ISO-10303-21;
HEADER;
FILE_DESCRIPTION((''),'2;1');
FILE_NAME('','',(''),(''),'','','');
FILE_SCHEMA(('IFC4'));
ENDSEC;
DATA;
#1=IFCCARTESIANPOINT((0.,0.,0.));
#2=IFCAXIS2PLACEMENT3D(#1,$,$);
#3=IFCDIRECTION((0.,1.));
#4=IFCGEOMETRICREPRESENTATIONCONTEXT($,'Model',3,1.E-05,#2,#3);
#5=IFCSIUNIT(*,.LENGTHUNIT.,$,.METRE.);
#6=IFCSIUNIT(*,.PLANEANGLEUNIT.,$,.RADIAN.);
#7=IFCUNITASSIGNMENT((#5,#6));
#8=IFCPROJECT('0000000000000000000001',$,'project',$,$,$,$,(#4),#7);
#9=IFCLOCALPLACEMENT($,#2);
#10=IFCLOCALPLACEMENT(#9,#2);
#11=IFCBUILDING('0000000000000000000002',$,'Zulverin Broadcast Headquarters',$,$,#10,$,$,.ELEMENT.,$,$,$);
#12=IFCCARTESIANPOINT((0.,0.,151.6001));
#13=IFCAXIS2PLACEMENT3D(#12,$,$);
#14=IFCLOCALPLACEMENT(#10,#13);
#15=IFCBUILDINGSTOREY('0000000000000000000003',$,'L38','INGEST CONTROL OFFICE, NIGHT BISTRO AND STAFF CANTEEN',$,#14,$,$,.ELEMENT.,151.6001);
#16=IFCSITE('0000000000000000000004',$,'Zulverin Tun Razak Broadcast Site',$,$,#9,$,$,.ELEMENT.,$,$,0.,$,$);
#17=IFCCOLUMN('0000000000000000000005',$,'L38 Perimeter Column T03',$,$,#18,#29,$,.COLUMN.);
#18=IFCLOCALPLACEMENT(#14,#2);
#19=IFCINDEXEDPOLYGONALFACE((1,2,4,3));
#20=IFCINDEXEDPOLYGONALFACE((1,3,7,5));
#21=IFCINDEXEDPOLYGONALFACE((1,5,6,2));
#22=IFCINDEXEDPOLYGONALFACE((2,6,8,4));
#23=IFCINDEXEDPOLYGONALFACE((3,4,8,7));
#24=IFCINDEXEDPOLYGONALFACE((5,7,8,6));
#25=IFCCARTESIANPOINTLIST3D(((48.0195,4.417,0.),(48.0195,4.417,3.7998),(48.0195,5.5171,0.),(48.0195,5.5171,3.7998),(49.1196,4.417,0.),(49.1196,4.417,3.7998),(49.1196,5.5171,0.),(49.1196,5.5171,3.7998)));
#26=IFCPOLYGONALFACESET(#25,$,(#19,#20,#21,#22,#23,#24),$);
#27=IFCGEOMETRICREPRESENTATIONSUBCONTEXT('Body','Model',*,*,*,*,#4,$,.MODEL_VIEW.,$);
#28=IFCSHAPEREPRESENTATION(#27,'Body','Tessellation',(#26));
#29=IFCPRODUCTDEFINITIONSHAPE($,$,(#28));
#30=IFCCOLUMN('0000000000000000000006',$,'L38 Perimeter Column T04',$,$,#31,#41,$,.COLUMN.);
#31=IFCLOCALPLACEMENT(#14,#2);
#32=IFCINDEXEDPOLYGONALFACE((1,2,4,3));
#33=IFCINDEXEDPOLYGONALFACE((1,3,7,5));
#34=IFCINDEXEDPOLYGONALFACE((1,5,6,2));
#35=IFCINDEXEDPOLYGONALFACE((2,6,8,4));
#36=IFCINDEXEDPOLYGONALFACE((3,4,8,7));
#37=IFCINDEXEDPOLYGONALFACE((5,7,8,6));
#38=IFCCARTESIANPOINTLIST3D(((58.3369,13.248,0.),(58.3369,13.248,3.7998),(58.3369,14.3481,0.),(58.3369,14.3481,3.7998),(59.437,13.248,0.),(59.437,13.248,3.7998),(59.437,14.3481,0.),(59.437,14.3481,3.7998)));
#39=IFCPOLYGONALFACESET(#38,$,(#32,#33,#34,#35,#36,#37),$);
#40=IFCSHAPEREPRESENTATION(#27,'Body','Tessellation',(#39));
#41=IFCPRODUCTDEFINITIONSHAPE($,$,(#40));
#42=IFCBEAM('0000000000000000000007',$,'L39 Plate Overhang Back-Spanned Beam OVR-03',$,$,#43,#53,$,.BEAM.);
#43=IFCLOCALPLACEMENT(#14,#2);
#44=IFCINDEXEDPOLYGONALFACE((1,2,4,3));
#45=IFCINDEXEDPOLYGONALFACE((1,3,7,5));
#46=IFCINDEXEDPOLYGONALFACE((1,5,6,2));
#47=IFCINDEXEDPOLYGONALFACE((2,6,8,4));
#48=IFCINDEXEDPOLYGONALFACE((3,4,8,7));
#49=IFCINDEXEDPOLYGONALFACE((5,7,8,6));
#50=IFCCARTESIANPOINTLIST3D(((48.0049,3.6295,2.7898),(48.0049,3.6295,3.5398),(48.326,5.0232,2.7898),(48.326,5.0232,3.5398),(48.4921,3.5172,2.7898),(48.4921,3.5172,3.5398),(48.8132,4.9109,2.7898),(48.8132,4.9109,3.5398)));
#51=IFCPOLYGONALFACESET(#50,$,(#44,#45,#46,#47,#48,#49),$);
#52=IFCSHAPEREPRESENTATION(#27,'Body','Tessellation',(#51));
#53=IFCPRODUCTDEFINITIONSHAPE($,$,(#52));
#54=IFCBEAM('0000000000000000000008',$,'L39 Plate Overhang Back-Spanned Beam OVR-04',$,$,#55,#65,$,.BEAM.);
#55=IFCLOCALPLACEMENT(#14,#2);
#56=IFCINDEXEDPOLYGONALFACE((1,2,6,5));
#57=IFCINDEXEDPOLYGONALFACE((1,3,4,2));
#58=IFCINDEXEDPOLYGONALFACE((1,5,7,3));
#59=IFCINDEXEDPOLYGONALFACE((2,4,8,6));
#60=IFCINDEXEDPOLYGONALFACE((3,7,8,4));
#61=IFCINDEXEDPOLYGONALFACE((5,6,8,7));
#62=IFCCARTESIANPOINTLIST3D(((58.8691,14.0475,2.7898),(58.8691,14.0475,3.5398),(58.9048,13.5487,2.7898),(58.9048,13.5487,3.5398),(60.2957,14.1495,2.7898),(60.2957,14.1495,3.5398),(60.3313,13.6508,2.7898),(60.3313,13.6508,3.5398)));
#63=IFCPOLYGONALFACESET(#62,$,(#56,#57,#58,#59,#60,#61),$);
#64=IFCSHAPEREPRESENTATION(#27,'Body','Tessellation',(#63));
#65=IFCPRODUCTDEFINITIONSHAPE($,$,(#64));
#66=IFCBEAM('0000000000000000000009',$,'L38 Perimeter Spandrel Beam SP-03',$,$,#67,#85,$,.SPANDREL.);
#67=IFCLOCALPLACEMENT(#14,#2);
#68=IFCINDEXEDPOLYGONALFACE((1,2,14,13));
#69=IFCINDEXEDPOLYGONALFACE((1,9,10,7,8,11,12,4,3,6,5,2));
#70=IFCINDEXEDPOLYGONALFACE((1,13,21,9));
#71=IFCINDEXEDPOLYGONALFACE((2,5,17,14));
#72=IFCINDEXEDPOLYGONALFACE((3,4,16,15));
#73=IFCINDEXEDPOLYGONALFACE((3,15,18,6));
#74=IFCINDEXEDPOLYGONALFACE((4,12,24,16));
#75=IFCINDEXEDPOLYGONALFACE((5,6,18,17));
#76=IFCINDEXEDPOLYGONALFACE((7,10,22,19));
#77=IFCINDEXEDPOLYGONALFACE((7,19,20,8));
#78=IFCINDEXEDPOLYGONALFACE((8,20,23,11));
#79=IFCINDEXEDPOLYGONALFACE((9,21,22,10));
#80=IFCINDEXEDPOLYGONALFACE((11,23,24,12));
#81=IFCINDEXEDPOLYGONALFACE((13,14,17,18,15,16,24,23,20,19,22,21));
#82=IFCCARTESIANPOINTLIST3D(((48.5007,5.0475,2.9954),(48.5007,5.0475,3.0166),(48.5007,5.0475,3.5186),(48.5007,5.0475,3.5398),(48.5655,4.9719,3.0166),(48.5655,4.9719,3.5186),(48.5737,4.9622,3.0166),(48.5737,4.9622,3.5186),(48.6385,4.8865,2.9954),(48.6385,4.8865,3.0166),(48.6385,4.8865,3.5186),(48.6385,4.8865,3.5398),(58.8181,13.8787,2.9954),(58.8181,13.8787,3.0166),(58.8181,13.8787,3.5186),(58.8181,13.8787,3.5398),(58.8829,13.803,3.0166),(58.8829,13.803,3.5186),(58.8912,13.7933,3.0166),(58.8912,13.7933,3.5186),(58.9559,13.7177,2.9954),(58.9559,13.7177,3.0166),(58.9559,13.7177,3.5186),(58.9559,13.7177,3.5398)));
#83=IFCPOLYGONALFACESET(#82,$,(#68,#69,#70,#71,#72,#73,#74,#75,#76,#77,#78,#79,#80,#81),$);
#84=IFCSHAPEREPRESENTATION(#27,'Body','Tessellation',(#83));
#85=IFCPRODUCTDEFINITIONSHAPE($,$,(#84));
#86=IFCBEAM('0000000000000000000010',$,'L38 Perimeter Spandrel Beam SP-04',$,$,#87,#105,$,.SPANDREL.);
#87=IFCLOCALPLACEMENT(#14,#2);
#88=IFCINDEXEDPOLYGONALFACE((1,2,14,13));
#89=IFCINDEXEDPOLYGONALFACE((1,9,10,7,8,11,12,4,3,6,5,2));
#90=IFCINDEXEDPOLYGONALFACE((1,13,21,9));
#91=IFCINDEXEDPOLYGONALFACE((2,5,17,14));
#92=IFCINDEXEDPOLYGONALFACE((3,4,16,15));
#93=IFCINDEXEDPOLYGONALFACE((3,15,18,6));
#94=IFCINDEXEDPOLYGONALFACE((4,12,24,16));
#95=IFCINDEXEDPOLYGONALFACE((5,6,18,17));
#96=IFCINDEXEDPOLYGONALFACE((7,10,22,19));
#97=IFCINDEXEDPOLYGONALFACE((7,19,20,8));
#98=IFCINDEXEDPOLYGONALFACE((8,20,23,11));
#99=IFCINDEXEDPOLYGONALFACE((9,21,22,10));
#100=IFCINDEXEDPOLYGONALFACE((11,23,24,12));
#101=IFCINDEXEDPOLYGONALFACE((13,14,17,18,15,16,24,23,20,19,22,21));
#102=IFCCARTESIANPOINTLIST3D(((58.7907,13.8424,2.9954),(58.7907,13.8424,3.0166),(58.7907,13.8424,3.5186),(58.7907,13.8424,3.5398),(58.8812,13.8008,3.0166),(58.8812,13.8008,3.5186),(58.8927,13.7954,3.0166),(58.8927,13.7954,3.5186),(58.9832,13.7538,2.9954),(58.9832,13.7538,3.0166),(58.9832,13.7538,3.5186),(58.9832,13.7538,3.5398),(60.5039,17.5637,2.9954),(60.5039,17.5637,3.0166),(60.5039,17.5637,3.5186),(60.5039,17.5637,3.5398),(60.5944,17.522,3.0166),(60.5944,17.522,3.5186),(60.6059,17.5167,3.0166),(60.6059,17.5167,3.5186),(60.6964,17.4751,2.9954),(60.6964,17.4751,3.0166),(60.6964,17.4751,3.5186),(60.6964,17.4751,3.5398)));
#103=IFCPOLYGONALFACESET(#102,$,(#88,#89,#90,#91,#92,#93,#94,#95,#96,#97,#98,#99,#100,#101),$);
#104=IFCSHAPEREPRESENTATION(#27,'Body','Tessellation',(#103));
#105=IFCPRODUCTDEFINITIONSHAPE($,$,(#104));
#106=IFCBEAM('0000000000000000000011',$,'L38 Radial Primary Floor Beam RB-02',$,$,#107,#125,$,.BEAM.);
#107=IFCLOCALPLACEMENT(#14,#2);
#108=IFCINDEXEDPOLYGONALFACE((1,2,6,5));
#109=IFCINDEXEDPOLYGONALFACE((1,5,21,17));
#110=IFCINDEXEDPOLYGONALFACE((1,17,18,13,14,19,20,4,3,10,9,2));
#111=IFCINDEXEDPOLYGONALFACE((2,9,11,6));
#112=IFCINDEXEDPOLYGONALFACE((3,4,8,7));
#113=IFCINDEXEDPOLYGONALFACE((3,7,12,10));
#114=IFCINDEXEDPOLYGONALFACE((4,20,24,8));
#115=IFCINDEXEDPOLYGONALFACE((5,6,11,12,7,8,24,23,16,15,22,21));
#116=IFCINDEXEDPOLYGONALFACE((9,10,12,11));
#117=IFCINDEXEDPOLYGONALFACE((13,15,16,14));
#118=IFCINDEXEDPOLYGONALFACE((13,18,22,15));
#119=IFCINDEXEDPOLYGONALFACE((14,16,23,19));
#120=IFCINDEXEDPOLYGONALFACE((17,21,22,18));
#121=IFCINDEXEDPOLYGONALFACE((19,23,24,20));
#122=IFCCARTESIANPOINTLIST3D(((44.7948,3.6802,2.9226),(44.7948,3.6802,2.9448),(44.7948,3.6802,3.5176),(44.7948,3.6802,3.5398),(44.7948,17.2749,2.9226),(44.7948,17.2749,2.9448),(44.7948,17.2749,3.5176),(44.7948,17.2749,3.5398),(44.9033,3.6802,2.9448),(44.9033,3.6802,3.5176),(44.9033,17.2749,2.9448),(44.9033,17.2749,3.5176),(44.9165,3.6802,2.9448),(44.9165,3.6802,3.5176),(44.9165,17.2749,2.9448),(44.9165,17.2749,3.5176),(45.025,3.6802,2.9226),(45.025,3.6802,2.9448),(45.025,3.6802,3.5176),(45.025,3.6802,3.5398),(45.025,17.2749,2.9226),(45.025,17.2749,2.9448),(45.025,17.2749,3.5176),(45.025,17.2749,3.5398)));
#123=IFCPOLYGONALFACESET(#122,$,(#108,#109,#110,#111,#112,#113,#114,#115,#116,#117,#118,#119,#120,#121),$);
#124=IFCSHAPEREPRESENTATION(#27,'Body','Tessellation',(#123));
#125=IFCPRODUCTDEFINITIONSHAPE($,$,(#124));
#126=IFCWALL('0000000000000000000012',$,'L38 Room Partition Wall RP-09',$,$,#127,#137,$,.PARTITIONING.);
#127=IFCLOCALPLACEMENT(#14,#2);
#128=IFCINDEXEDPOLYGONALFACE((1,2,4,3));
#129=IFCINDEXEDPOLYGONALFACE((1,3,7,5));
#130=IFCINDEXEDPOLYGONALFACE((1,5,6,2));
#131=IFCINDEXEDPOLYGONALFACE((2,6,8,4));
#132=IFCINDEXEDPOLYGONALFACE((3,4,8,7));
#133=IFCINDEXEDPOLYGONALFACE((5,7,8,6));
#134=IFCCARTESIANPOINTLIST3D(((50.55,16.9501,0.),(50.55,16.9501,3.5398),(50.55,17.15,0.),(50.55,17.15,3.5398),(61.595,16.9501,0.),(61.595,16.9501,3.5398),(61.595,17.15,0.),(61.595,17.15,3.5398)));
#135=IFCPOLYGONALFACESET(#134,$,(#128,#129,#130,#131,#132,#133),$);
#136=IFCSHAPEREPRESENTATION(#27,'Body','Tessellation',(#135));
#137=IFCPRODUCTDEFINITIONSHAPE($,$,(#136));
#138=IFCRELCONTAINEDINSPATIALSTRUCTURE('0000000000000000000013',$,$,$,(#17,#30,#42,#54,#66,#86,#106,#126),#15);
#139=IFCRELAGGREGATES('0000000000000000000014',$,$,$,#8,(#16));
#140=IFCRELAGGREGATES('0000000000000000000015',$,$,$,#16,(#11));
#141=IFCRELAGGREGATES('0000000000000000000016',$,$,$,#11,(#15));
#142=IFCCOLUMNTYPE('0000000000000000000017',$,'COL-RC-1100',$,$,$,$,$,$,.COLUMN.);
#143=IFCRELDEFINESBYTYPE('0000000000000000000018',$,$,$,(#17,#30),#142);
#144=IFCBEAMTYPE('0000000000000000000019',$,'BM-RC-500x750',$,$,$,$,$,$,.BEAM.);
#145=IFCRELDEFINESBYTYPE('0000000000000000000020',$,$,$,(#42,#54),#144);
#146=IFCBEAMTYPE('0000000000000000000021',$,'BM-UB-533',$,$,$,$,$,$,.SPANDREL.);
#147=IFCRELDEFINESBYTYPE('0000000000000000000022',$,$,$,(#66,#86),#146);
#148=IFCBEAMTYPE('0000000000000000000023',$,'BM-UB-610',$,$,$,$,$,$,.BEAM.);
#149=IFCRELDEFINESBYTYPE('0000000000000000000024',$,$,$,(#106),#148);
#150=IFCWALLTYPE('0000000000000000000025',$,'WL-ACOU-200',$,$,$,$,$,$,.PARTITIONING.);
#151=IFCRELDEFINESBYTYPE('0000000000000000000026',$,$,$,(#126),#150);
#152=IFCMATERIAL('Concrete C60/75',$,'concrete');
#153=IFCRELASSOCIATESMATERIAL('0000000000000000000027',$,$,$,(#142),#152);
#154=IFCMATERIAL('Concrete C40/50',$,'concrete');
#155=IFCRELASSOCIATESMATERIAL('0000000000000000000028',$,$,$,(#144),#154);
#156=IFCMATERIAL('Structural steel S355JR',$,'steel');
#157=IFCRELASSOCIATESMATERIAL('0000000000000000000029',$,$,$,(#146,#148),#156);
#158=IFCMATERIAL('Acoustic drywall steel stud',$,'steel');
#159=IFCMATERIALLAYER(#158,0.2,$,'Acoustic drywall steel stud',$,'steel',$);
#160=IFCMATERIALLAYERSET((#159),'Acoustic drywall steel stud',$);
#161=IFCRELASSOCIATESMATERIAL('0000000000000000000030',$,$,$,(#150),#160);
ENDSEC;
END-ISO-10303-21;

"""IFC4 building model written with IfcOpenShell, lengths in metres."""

from ifc_helpers import new_model, si_unit, direction, frame, frame_2d, origin, origin_2d, place, context, subcontext, project, spatial, rectangle, i_section, extrude, material, layer, layer_set, material_profile, profile_set, type_object, element, save


model = new_model("IFC4")

# Units and contexts
model_context = context("Model", 3, precision=1e-05, world=origin(), true_north=direction((0.0, 1.0)))
body_context = subcontext(model_context, "Body", "Model", "MODEL_VIEW")
ifc_project = project(units=[si_unit("LENGTHUNIT", "METRE"), si_unit("PLANEANGLEUNIT", "RADIAN")], contexts=[model_context])

# Site, building, storey
site_placement = place(None, origin())
site = spatial("IfcSite", under=ifc_project, at=site_placement, Name="Zulverin Tun Razak Broadcast Site", CompositionType="ELEMENT", RefElevation=0.0)
building_placement = place(site_placement, origin())
building = spatial("IfcBuilding", under=site, at=building_placement, Name="Zulverin Broadcast Headquarters", CompositionType="ELEMENT")
storey_placement = place(building_placement, frame((0.0, 0.0, 151.6001)))
storey = spatial("IfcBuildingStorey", under=building, at=storey_placement, Name="L38", Description="INGEST CONTROL OFFICE, NIGHT BISTRO AND STAFF CANTEEN", CompositionType="ELEMENT", Elevation=151.6001)

# Columns
ifc_material_1 = material(Name="Concrete C60/75", Category="concrete")
ifc_material_profile_1 = material_profile(ifc_material_1, rectangle(XDim=1.1001, YDim=1.1001, at=origin_2d()), Name="Concrete C60/75", Category="concrete")
ifc_profile_set_1 = profile_set([ifc_material_profile_1], Name="Concrete C60/75")
column_type = type_object("IfcColumnType", Name="COL-RC-1100", PredefinedType="COLUMN", material=ifc_profile_set_1)
for number, where, z_axis, x_axis, name in (
    (1, (48.5696, 4.967, 0.0), (0.0, 0.0, 1.0), (1.0, 0.0, 0.0), "L38 Perimeter Column T03"),
    (2, (58.887, 13.7981, 0.0), (0.0, 0.0, 1.0), (1.0, 0.0, 0.0), "L38 Perimeter Column T04"),
):
    element("IfcColumn", number, at=place(storey_placement, frame(where, z_axis=z_axis, x_axis=x_axis)), inside=storey, type_object=column_type, Name=name, PredefinedType="COLUMN", context=body_context, shape_type="SweptSolid", body=[
        extrude(rectangle(XDim=1.1001, YDim=1.1001, at=origin_2d()), origin(), (0.0, 0.0, 1.0), 3.7998),
    ])

# Beams
ifc_material_2 = material(Name="Concrete C40/50", Category="concrete")
ifc_material_profile_2 = material_profile(ifc_material_2, rectangle(XDim=0.5, YDim=0.75, at=origin_2d()), Name="Concrete C40/50", Category="concrete")
ifc_profile_set_2 = profile_set([ifc_material_profile_2], Name="Concrete C40/50")
beam_type_1 = type_object("IfcBeamType", Name="BM-RC-500x750", PredefinedType="BEAM", material=ifc_profile_set_2)
for number, where, z_axis, x_axis, name in (
    (3, (48.5696, 4.967, 3.1648), (-0.224498, -0.974475, 0.0), (0.974475, -0.224498, 0.0), "L39 Plate Overhang Back-Spanned Beam OVR-03"),
    (4, (58.887, 13.7981, 3.1648), (0.997451, 0.071356, 0.0), (-0.071356, 0.997451, 0.0), "L39 Plate Overhang Back-Spanned Beam OVR-04"),
):
    element("IfcBeam", number, at=place(storey_placement, frame(where, z_axis=z_axis, x_axis=x_axis)), inside=storey, type_object=beam_type_1, Name=name, PredefinedType="BEAM", context=body_context, shape_type="SweptSolid", body=[
        extrude(rectangle(XDim=0.5, YDim=0.75, at=origin_2d()), origin(), (0.0, 0.0, 1.0), 1.4302),
    ])
ifc_material_3 = material(Name="Structural steel S355JR", Category="steel")
ifc_material_profile_3 = material_profile(ifc_material_3, i_section(OverallWidth=0.2119, OverallDepth=0.5444, WebThickness=0.0127, FlangeThickness=0.0212, at=origin_2d()), Name="Structural steel S355JR", Category="steel")
ifc_profile_set_3 = profile_set([ifc_material_profile_3], Name="Structural steel S355JR")
beam_type_2 = type_object("IfcBeamType", Name="BM-UB-533", PredefinedType="SPANDREL", material=ifc_profile_set_3)
beam_1_placement = place(storey_placement, frame((48.5696, 4.967, 3.2676), z_axis=(0.759708, 0.650264, 0.0), x_axis=(-0.650264, 0.759708, 0.0)))
element("IfcBeam", 5, at=beam_1_placement, inside=storey, type_object=beam_type_2, Name="L38 Perimeter Spandrel Beam SP-03", PredefinedType="SPANDREL", context=body_context, shape_type="SweptSolid", body=[
    extrude(i_section(OverallWidth=0.2119, OverallDepth=0.5444, WebThickness=0.0127, FlangeThickness=0.0212, at=origin_2d()), origin(), (0.0, 0.0, 1.0), 13.5808),
])
beam_2_placement = place(storey_placement, frame((58.887, 13.7981, 3.2676), z_axis=(0.418185, 0.908362, 0.0), x_axis=(-0.908362, 0.418185, 0.0)))
element("IfcBeam", 6, at=beam_2_placement, inside=storey, type_object=beam_type_2, Name="L38 Perimeter Spandrel Beam SP-04", PredefinedType="SPANDREL", context=body_context, shape_type="SweptSolid", body=[
    extrude(i_section(OverallWidth=0.2119, OverallDepth=0.5444, WebThickness=0.0127, FlangeThickness=0.0212, at=origin_2d()), origin(), (0.0, 0.0, 1.0), 4.0967),
])
ifc_material_profile_4 = material_profile(ifc_material_3, i_section(OverallWidth=0.2302, OverallDepth=0.6172, WebThickness=0.0132, FlangeThickness=0.0222, at=origin_2d()), Name="Structural steel S355JR", Category="steel")
ifc_profile_set_4 = profile_set([ifc_material_profile_4], Name="Structural steel S355JR")
beam_type_3 = type_object("IfcBeamType", Name="BM-UB-610", PredefinedType="BEAM", material=ifc_profile_set_4)
beam_3_placement = place(storey_placement, frame((44.9099, 17.2749, 3.2312), z_axis=(0.0, -1.0, 0.0), x_axis=(1.0, 0.0, 0.0)))
element("IfcBeam", 7, at=beam_3_placement, inside=storey, type_object=beam_type_3, Name="L38 Radial Primary Floor Beam RB-02", PredefinedType="BEAM", context=body_context, shape_type="SweptSolid", body=[
    extrude(i_section(OverallWidth=0.2302, OverallDepth=0.6172, WebThickness=0.0132, FlangeThickness=0.0222, at=origin_2d()), origin(), (0.0, 0.0, 1.0), 13.5947),
])

# Wall
ifc_material_4 = material(Name="Acoustic drywall steel stud", Category="steel")
ifc_layer_1 = layer(ifc_material_4, 0.2, Name="Acoustic drywall steel stud", Category="steel")
ifc_layer_set_1 = layer_set([ifc_layer_1], Name="Acoustic drywall steel stud")
wall_type_1 = type_object("IfcWallType", Name="WL-ACOU-200", PredefinedType="PARTITIONING", material=ifc_layer_set_1)
wall_1_placement = place(storey_placement, frame((50.55, 17.05, 0.0), z_axis=(0.0, 0.0, 1.0), x_axis=(1.0, 0.0, 0.0)))
element("IfcWall", 8, at=wall_1_placement, inside=storey, type_object=wall_type_1, Name="L38 Room Partition Wall RP-09", PredefinedType="PARTITIONING", context=body_context, shape_type="SweptSolid", body=[
    extrude(rectangle(XDim=11.0449, YDim=0.2, at=frame_2d((5.5225, 0.0))), origin(), (0.0, 0.0, 1.0), 3.5398),
])

save(model, "model.ifc")
